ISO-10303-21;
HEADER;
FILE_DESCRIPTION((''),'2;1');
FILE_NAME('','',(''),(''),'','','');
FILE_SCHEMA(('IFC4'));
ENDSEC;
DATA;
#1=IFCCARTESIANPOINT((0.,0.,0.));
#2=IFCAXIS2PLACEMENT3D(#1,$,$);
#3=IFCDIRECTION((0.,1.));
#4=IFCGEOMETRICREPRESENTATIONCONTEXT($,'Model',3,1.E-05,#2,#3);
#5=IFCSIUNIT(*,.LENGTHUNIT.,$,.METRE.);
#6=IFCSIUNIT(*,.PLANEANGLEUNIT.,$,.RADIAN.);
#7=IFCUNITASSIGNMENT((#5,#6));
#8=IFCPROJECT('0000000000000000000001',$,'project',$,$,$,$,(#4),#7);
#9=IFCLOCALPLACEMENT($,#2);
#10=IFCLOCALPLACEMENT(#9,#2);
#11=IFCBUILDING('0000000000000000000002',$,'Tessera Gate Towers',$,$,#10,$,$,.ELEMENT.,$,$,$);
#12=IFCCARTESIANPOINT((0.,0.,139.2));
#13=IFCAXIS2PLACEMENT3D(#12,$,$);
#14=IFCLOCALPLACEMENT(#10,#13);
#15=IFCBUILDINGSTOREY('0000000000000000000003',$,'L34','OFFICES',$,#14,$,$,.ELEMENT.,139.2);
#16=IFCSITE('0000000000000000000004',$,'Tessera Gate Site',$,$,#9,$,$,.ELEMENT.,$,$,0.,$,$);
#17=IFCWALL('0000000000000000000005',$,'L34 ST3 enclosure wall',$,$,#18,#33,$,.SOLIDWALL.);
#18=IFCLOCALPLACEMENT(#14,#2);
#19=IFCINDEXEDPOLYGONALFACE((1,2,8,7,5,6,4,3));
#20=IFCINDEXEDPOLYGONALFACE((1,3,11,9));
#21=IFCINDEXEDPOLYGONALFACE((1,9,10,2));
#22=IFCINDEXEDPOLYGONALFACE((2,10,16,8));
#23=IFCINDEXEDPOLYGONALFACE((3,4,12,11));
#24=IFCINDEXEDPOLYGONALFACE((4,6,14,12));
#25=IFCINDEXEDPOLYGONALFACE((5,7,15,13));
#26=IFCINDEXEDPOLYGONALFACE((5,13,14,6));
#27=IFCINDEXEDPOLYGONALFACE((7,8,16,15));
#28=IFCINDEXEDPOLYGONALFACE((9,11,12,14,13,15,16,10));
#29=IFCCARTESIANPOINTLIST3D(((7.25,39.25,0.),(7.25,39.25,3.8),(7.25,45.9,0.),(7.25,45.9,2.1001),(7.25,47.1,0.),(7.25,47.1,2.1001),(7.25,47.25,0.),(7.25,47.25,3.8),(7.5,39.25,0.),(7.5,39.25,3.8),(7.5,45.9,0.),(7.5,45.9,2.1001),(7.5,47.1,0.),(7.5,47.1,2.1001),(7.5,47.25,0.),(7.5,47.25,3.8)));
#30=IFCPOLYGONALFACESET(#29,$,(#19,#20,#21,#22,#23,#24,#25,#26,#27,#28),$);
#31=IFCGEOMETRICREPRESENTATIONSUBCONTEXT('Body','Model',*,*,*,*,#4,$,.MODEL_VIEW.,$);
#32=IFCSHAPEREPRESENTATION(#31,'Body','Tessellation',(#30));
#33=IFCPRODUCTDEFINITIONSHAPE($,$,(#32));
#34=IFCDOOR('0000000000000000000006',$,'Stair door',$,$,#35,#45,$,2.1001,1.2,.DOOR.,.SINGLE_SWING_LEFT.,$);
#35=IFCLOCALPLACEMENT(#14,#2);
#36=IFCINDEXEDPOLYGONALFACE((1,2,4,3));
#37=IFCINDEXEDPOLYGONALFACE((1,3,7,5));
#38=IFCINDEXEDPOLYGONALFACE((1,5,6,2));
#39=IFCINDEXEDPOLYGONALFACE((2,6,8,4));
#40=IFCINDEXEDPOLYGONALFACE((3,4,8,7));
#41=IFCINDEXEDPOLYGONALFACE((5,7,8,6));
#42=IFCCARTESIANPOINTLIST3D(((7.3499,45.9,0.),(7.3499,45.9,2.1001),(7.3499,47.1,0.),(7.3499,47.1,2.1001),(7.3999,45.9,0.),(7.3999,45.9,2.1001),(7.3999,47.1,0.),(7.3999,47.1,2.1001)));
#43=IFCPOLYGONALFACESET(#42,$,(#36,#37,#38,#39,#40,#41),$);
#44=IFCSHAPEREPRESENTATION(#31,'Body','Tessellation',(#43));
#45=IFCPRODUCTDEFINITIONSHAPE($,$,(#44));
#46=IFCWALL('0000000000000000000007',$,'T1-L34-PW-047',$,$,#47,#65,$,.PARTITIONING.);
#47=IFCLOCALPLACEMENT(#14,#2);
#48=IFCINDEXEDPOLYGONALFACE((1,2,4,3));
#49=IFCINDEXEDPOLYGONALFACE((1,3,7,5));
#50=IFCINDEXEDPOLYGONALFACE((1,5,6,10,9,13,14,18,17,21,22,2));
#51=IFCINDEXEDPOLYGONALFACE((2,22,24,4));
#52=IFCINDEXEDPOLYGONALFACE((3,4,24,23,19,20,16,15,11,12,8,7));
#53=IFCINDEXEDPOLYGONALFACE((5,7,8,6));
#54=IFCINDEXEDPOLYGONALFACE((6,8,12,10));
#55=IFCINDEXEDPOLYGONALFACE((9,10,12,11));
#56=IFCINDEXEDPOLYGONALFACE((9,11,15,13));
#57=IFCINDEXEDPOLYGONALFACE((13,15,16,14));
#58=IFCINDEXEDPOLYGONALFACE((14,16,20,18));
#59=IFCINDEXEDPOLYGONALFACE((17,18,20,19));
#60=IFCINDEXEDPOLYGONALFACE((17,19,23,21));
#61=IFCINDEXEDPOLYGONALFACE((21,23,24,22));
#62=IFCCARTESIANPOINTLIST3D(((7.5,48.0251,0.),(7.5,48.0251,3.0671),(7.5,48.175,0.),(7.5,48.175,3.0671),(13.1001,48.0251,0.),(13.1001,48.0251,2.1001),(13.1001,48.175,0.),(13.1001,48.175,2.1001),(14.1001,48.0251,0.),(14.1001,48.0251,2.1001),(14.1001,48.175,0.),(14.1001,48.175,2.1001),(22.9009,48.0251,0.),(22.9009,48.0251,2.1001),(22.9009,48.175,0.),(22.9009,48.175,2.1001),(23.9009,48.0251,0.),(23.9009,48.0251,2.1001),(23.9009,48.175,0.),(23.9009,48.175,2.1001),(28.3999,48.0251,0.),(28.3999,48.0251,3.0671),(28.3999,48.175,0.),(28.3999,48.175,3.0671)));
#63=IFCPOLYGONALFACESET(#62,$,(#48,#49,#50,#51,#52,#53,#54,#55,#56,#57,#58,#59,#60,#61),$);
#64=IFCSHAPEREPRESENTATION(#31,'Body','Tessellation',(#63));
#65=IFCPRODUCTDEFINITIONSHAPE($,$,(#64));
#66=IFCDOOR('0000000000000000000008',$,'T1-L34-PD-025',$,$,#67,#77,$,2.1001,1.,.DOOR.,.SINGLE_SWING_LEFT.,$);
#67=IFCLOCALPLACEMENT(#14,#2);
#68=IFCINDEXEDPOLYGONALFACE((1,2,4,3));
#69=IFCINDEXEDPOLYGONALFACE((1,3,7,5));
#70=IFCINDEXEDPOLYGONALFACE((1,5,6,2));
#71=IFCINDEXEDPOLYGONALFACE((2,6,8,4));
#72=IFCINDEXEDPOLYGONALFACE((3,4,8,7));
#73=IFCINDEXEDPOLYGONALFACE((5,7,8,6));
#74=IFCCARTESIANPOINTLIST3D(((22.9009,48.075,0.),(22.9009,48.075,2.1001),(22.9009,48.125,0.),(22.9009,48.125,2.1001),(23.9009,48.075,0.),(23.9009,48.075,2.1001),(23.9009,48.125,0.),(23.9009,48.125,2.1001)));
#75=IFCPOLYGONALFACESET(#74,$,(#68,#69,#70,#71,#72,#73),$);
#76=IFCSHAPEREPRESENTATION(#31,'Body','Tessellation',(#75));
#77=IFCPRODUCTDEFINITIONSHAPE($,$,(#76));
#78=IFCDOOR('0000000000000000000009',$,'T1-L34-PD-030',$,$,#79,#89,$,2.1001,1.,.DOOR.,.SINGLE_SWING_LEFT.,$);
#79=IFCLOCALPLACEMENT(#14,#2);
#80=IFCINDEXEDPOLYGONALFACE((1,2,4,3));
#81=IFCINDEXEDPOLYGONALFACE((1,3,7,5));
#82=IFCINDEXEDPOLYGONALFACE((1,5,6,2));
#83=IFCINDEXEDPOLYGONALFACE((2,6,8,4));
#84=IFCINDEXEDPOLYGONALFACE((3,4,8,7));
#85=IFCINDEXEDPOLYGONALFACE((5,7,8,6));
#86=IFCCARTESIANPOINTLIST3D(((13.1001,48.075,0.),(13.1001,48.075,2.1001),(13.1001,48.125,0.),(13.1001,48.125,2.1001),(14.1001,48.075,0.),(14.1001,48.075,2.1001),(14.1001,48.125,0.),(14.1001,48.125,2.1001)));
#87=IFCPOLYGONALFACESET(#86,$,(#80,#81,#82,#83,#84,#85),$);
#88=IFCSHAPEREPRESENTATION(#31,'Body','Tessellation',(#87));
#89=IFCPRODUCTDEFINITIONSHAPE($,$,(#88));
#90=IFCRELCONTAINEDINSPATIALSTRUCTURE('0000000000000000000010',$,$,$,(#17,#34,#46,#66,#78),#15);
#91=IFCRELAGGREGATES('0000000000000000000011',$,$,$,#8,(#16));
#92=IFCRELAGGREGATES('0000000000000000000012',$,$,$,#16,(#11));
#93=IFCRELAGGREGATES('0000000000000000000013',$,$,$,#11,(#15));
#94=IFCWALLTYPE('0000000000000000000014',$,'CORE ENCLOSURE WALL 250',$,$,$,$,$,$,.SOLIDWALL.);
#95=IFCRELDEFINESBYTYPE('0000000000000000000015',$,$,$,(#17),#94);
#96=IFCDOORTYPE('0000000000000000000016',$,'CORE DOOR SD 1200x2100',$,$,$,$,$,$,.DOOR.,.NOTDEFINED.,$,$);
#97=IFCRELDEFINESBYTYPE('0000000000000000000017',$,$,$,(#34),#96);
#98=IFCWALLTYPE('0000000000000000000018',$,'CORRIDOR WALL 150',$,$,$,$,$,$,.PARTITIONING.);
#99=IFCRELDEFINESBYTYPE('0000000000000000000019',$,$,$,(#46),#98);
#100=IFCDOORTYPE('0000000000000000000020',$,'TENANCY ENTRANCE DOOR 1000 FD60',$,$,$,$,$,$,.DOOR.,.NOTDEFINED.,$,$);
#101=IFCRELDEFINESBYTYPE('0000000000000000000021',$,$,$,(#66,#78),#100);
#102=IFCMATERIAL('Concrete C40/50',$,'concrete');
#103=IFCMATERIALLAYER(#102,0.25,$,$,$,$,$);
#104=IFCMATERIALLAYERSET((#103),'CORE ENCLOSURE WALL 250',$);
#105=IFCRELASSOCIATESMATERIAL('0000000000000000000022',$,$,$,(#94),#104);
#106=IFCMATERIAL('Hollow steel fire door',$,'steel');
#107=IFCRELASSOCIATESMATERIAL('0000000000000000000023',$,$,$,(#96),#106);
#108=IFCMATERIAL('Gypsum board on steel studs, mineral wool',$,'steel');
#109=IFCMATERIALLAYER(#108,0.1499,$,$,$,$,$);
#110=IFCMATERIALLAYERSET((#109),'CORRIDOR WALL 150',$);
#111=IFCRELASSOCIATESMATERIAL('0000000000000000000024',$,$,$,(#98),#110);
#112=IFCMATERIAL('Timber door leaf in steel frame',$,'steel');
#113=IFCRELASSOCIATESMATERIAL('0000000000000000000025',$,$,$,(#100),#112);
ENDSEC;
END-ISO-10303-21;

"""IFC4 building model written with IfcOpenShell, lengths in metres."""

from ifc_helpers import new_model, si_unit, direction, frame, frame_2d, origin, place, context, subcontext, project, spatial, rectangle, extrude, source, transform, mapped, material, layer, layer_set, type_object, element, fill, save


model = new_model("IFC4")

# Units and contexts
model_context = context("Model", 3, precision=1e-05, world=origin(), true_north=direction((0.0, 1.0)))
body_context = subcontext(model_context, "Body", "Model", "MODEL_VIEW")
ifc_project = project(units=[si_unit("LENGTHUNIT", "METRE"), si_unit("PLANEANGLEUNIT", "RADIAN")], contexts=[model_context])

# Site, building, storey
site_placement = place(None, origin())
site = spatial("IfcSite", under=ifc_project, at=site_placement, Name="Tessera Gate Site", CompositionType="ELEMENT", RefElevation=0.0)
building_placement = place(site_placement, origin())
building = spatial("IfcBuilding", under=site, at=building_placement, Name="Tessera Gate Towers", CompositionType="ELEMENT")
storey_placement = place(building_placement, frame((0.0, 0.0, 139.2)))
storey = spatial("IfcBuildingStorey", under=building, at=storey_placement, Name="L34", Description="OFFICES", CompositionType="ELEMENT", Elevation=139.2)

# Shared definitions
ifc_material_1 = material(Name="Concrete C40/50", Category="concrete")
ifc_layer_1 = layer(ifc_material_1, 0.25)
ifc_layer_set_1 = layer_set([ifc_layer_1], Name="CORE ENCLOSURE WALL 250")
wall_type_1 = type_object("IfcWallType", Name="CORE ENCLOSURE WALL 250", PredefinedType="SOLIDWALL", material=ifc_layer_set_1)

# Wall, opening, door
wall_1_placement = place(storey_placement, frame((7.375, 47.25, 0.0), z_axis=(0.0, 0.0, 1.0), x_axis=(0.0, -1.0, 0.0)))
wall_1 = element("IfcWall", 1, at=wall_1_placement, inside=storey, type_object=wall_type_1, Name="L34 ST3 enclosure wall", PredefinedType="SOLIDWALL", context=body_context, shape_type="SweptSolid", body=[
    extrude(rectangle(XDim=8.0, YDim=0.25, at=frame_2d((4.0, 0.0))), origin(), (0.0, 0.0, 1.0), 3.8),
])
shared_shape_1 = source(origin(), body_context, "Body", "SweptSolid", [
    extrude(rectangle(XDim=1.2, YDim=2.1001, at=frame_2d((0.6001, 1.05))), frame((0.0, 0.135, 0.0), z_axis=(0.0, -1.0, 0.0), x_axis=(1.0, 0.0, 0.0)), (0.0, 0.0, 1.0), 0.27),
])
opening_1_placement = place(wall_1_placement, frame((0.1499, 0.0, 0.0)))
opening_1 = element("IfcOpeningElement", 2, at=opening_1_placement, cuts=wall_1, PredefinedType="OPENING", context=body_context, shape_type="MappedRepresentation", body=[
    mapped(shared_shape_1, transform((0.0, 0.0, 0.0), scale=1.0)),
])
ifc_material_2 = material(Name="Hollow steel fire door", Category="steel")
door_type_1 = type_object("IfcDoorType", Name="CORE DOOR SD 1200x2100", OperationType="NOTDEFINED", PredefinedType="DOOR", material=ifc_material_2)
shared_shape_2 = source(origin(), body_context, "Body", "SweptSolid", [
    extrude(rectangle(XDim=1.2, YDim=2.1001, at=frame_2d((0.6001, 1.05))), frame((0.0, 0.0249, 0.0), z_axis=(0.0, -1.0, 0.0), x_axis=(1.0, 0.0, 0.0)), (0.0, 0.0, 1.0), 0.05),
])
door_1_placement = place(opening_1_placement, origin())
door_1 = element("IfcDoor", 3, at=door_1_placement, inside=storey, type_object=door_type_1, Name="Stair door", OperationType="SINGLE_SWING_LEFT", OverallHeight=2.1001, OverallWidth=1.2, PredefinedType="DOOR", context=body_context, shape_type="MappedRepresentation", body=[
    mapped(shared_shape_2, transform((0.0, 0.0, 0.0), scale=1.0)),
])
fill(opening_1, door_1)

# Wall, openings, doors
ifc_material_3 = material(Name="Gypsum board on steel studs, mineral wool", Category="steel")
ifc_layer_2 = layer(ifc_material_3, 0.1499)
ifc_layer_set_2 = layer_set([ifc_layer_2], Name="CORRIDOR WALL 150")
wall_type_2 = type_object("IfcWallType", Name="CORRIDOR WALL 150", PredefinedType="PARTITIONING", material=ifc_layer_set_2)
wall_2_placement = place(storey_placement, frame((7.5, 48.1001, 0.0), z_axis=(0.0, 0.0, 1.0), x_axis=(1.0, 0.0, 0.0)))
wall_2 = element("IfcWall", 4, at=wall_2_placement, inside=storey, type_object=wall_type_2, Name="T1-L34-PW-047", PredefinedType="PARTITIONING", context=body_context, shape_type="SweptSolid", body=[
    extrude(rectangle(XDim=20.8999, YDim=0.1499, at=frame_2d((10.45, 0.0))), origin(), (0.0, 0.0, 1.0), 3.0671),
])
shared_shape_3 = source(origin(), body_context, "Body", "SweptSolid", [
    extrude(rectangle(XDim=1.0, YDim=2.1001, at=frame_2d((0.5, 1.05))), frame((0.0, 0.085, 0.0), z_axis=(0.0, -1.0, 0.0), x_axis=(1.0, 0.0, 0.0)), (0.0, 0.0, 1.0), 0.1699),
])
opening_2_placement = place(wall_2_placement, frame((15.4009, 0.0, 0.0)))
opening_2 = element("IfcOpeningElement", 5, at=opening_2_placement, cuts=wall_2, PredefinedType="OPENING", context=body_context, shape_type="MappedRepresentation", body=[
    mapped(shared_shape_3, transform((0.0, 0.0, 0.0), scale=1.0)),
])
opening_3_placement = place(wall_2_placement, frame((5.6001, 0.0, 0.0)))
opening_3 = element("IfcOpeningElement", 6, at=opening_3_placement, cuts=wall_2, PredefinedType="OPENING", context=body_context, shape_type="MappedRepresentation", body=[
    mapped(shared_shape_3, transform((0.0, 0.0, 0.0), scale=1.0)),
])
ifc_material_4 = material(Name="Timber door leaf in steel frame", Category="steel")
door_type_2 = type_object("IfcDoorType", Name="TENANCY ENTRANCE DOOR 1000 FD60", OperationType="NOTDEFINED", PredefinedType="DOOR", material=ifc_material_4)
shared_shape_4 = source(origin(), body_context, "Body", "SweptSolid", [
    extrude(rectangle(XDim=1.0, YDim=2.1001, at=frame_2d((0.5, 1.05))), frame((0.0, 0.0249, 0.0), z_axis=(0.0, -1.0, 0.0), x_axis=(1.0, 0.0, 0.0)), (0.0, 0.0, 1.0), 0.05),
])
door_2_placement = place(opening_2_placement, origin())
door_2 = element("IfcDoor", 7, at=door_2_placement, inside=storey, type_object=door_type_2, Name="T1-L34-PD-025", OperationType="SINGLE_SWING_LEFT", OverallHeight=2.1001, OverallWidth=1.0, PredefinedType="DOOR", context=body_context, shape_type="MappedRepresentation", body=[
    mapped(shared_shape_4, transform((0.0, 0.0, 0.0), scale=1.0)),
])
fill(opening_2, door_2)
door_3_placement = place(opening_3_placement, origin())
door_3 = element("IfcDoor", 8, at=door_3_placement, inside=storey, type_object=door_type_2, Name="T1-L34-PD-030", OperationType="SINGLE_SWING_LEFT", OverallHeight=2.1001, OverallWidth=1.0, PredefinedType="DOOR", context=body_context, shape_type="MappedRepresentation", body=[
    mapped(shared_shape_4, transform((0.0, 0.0, 0.0), scale=1.0)),
])
fill(opening_3, door_3)

save(model, "model.ifc")
